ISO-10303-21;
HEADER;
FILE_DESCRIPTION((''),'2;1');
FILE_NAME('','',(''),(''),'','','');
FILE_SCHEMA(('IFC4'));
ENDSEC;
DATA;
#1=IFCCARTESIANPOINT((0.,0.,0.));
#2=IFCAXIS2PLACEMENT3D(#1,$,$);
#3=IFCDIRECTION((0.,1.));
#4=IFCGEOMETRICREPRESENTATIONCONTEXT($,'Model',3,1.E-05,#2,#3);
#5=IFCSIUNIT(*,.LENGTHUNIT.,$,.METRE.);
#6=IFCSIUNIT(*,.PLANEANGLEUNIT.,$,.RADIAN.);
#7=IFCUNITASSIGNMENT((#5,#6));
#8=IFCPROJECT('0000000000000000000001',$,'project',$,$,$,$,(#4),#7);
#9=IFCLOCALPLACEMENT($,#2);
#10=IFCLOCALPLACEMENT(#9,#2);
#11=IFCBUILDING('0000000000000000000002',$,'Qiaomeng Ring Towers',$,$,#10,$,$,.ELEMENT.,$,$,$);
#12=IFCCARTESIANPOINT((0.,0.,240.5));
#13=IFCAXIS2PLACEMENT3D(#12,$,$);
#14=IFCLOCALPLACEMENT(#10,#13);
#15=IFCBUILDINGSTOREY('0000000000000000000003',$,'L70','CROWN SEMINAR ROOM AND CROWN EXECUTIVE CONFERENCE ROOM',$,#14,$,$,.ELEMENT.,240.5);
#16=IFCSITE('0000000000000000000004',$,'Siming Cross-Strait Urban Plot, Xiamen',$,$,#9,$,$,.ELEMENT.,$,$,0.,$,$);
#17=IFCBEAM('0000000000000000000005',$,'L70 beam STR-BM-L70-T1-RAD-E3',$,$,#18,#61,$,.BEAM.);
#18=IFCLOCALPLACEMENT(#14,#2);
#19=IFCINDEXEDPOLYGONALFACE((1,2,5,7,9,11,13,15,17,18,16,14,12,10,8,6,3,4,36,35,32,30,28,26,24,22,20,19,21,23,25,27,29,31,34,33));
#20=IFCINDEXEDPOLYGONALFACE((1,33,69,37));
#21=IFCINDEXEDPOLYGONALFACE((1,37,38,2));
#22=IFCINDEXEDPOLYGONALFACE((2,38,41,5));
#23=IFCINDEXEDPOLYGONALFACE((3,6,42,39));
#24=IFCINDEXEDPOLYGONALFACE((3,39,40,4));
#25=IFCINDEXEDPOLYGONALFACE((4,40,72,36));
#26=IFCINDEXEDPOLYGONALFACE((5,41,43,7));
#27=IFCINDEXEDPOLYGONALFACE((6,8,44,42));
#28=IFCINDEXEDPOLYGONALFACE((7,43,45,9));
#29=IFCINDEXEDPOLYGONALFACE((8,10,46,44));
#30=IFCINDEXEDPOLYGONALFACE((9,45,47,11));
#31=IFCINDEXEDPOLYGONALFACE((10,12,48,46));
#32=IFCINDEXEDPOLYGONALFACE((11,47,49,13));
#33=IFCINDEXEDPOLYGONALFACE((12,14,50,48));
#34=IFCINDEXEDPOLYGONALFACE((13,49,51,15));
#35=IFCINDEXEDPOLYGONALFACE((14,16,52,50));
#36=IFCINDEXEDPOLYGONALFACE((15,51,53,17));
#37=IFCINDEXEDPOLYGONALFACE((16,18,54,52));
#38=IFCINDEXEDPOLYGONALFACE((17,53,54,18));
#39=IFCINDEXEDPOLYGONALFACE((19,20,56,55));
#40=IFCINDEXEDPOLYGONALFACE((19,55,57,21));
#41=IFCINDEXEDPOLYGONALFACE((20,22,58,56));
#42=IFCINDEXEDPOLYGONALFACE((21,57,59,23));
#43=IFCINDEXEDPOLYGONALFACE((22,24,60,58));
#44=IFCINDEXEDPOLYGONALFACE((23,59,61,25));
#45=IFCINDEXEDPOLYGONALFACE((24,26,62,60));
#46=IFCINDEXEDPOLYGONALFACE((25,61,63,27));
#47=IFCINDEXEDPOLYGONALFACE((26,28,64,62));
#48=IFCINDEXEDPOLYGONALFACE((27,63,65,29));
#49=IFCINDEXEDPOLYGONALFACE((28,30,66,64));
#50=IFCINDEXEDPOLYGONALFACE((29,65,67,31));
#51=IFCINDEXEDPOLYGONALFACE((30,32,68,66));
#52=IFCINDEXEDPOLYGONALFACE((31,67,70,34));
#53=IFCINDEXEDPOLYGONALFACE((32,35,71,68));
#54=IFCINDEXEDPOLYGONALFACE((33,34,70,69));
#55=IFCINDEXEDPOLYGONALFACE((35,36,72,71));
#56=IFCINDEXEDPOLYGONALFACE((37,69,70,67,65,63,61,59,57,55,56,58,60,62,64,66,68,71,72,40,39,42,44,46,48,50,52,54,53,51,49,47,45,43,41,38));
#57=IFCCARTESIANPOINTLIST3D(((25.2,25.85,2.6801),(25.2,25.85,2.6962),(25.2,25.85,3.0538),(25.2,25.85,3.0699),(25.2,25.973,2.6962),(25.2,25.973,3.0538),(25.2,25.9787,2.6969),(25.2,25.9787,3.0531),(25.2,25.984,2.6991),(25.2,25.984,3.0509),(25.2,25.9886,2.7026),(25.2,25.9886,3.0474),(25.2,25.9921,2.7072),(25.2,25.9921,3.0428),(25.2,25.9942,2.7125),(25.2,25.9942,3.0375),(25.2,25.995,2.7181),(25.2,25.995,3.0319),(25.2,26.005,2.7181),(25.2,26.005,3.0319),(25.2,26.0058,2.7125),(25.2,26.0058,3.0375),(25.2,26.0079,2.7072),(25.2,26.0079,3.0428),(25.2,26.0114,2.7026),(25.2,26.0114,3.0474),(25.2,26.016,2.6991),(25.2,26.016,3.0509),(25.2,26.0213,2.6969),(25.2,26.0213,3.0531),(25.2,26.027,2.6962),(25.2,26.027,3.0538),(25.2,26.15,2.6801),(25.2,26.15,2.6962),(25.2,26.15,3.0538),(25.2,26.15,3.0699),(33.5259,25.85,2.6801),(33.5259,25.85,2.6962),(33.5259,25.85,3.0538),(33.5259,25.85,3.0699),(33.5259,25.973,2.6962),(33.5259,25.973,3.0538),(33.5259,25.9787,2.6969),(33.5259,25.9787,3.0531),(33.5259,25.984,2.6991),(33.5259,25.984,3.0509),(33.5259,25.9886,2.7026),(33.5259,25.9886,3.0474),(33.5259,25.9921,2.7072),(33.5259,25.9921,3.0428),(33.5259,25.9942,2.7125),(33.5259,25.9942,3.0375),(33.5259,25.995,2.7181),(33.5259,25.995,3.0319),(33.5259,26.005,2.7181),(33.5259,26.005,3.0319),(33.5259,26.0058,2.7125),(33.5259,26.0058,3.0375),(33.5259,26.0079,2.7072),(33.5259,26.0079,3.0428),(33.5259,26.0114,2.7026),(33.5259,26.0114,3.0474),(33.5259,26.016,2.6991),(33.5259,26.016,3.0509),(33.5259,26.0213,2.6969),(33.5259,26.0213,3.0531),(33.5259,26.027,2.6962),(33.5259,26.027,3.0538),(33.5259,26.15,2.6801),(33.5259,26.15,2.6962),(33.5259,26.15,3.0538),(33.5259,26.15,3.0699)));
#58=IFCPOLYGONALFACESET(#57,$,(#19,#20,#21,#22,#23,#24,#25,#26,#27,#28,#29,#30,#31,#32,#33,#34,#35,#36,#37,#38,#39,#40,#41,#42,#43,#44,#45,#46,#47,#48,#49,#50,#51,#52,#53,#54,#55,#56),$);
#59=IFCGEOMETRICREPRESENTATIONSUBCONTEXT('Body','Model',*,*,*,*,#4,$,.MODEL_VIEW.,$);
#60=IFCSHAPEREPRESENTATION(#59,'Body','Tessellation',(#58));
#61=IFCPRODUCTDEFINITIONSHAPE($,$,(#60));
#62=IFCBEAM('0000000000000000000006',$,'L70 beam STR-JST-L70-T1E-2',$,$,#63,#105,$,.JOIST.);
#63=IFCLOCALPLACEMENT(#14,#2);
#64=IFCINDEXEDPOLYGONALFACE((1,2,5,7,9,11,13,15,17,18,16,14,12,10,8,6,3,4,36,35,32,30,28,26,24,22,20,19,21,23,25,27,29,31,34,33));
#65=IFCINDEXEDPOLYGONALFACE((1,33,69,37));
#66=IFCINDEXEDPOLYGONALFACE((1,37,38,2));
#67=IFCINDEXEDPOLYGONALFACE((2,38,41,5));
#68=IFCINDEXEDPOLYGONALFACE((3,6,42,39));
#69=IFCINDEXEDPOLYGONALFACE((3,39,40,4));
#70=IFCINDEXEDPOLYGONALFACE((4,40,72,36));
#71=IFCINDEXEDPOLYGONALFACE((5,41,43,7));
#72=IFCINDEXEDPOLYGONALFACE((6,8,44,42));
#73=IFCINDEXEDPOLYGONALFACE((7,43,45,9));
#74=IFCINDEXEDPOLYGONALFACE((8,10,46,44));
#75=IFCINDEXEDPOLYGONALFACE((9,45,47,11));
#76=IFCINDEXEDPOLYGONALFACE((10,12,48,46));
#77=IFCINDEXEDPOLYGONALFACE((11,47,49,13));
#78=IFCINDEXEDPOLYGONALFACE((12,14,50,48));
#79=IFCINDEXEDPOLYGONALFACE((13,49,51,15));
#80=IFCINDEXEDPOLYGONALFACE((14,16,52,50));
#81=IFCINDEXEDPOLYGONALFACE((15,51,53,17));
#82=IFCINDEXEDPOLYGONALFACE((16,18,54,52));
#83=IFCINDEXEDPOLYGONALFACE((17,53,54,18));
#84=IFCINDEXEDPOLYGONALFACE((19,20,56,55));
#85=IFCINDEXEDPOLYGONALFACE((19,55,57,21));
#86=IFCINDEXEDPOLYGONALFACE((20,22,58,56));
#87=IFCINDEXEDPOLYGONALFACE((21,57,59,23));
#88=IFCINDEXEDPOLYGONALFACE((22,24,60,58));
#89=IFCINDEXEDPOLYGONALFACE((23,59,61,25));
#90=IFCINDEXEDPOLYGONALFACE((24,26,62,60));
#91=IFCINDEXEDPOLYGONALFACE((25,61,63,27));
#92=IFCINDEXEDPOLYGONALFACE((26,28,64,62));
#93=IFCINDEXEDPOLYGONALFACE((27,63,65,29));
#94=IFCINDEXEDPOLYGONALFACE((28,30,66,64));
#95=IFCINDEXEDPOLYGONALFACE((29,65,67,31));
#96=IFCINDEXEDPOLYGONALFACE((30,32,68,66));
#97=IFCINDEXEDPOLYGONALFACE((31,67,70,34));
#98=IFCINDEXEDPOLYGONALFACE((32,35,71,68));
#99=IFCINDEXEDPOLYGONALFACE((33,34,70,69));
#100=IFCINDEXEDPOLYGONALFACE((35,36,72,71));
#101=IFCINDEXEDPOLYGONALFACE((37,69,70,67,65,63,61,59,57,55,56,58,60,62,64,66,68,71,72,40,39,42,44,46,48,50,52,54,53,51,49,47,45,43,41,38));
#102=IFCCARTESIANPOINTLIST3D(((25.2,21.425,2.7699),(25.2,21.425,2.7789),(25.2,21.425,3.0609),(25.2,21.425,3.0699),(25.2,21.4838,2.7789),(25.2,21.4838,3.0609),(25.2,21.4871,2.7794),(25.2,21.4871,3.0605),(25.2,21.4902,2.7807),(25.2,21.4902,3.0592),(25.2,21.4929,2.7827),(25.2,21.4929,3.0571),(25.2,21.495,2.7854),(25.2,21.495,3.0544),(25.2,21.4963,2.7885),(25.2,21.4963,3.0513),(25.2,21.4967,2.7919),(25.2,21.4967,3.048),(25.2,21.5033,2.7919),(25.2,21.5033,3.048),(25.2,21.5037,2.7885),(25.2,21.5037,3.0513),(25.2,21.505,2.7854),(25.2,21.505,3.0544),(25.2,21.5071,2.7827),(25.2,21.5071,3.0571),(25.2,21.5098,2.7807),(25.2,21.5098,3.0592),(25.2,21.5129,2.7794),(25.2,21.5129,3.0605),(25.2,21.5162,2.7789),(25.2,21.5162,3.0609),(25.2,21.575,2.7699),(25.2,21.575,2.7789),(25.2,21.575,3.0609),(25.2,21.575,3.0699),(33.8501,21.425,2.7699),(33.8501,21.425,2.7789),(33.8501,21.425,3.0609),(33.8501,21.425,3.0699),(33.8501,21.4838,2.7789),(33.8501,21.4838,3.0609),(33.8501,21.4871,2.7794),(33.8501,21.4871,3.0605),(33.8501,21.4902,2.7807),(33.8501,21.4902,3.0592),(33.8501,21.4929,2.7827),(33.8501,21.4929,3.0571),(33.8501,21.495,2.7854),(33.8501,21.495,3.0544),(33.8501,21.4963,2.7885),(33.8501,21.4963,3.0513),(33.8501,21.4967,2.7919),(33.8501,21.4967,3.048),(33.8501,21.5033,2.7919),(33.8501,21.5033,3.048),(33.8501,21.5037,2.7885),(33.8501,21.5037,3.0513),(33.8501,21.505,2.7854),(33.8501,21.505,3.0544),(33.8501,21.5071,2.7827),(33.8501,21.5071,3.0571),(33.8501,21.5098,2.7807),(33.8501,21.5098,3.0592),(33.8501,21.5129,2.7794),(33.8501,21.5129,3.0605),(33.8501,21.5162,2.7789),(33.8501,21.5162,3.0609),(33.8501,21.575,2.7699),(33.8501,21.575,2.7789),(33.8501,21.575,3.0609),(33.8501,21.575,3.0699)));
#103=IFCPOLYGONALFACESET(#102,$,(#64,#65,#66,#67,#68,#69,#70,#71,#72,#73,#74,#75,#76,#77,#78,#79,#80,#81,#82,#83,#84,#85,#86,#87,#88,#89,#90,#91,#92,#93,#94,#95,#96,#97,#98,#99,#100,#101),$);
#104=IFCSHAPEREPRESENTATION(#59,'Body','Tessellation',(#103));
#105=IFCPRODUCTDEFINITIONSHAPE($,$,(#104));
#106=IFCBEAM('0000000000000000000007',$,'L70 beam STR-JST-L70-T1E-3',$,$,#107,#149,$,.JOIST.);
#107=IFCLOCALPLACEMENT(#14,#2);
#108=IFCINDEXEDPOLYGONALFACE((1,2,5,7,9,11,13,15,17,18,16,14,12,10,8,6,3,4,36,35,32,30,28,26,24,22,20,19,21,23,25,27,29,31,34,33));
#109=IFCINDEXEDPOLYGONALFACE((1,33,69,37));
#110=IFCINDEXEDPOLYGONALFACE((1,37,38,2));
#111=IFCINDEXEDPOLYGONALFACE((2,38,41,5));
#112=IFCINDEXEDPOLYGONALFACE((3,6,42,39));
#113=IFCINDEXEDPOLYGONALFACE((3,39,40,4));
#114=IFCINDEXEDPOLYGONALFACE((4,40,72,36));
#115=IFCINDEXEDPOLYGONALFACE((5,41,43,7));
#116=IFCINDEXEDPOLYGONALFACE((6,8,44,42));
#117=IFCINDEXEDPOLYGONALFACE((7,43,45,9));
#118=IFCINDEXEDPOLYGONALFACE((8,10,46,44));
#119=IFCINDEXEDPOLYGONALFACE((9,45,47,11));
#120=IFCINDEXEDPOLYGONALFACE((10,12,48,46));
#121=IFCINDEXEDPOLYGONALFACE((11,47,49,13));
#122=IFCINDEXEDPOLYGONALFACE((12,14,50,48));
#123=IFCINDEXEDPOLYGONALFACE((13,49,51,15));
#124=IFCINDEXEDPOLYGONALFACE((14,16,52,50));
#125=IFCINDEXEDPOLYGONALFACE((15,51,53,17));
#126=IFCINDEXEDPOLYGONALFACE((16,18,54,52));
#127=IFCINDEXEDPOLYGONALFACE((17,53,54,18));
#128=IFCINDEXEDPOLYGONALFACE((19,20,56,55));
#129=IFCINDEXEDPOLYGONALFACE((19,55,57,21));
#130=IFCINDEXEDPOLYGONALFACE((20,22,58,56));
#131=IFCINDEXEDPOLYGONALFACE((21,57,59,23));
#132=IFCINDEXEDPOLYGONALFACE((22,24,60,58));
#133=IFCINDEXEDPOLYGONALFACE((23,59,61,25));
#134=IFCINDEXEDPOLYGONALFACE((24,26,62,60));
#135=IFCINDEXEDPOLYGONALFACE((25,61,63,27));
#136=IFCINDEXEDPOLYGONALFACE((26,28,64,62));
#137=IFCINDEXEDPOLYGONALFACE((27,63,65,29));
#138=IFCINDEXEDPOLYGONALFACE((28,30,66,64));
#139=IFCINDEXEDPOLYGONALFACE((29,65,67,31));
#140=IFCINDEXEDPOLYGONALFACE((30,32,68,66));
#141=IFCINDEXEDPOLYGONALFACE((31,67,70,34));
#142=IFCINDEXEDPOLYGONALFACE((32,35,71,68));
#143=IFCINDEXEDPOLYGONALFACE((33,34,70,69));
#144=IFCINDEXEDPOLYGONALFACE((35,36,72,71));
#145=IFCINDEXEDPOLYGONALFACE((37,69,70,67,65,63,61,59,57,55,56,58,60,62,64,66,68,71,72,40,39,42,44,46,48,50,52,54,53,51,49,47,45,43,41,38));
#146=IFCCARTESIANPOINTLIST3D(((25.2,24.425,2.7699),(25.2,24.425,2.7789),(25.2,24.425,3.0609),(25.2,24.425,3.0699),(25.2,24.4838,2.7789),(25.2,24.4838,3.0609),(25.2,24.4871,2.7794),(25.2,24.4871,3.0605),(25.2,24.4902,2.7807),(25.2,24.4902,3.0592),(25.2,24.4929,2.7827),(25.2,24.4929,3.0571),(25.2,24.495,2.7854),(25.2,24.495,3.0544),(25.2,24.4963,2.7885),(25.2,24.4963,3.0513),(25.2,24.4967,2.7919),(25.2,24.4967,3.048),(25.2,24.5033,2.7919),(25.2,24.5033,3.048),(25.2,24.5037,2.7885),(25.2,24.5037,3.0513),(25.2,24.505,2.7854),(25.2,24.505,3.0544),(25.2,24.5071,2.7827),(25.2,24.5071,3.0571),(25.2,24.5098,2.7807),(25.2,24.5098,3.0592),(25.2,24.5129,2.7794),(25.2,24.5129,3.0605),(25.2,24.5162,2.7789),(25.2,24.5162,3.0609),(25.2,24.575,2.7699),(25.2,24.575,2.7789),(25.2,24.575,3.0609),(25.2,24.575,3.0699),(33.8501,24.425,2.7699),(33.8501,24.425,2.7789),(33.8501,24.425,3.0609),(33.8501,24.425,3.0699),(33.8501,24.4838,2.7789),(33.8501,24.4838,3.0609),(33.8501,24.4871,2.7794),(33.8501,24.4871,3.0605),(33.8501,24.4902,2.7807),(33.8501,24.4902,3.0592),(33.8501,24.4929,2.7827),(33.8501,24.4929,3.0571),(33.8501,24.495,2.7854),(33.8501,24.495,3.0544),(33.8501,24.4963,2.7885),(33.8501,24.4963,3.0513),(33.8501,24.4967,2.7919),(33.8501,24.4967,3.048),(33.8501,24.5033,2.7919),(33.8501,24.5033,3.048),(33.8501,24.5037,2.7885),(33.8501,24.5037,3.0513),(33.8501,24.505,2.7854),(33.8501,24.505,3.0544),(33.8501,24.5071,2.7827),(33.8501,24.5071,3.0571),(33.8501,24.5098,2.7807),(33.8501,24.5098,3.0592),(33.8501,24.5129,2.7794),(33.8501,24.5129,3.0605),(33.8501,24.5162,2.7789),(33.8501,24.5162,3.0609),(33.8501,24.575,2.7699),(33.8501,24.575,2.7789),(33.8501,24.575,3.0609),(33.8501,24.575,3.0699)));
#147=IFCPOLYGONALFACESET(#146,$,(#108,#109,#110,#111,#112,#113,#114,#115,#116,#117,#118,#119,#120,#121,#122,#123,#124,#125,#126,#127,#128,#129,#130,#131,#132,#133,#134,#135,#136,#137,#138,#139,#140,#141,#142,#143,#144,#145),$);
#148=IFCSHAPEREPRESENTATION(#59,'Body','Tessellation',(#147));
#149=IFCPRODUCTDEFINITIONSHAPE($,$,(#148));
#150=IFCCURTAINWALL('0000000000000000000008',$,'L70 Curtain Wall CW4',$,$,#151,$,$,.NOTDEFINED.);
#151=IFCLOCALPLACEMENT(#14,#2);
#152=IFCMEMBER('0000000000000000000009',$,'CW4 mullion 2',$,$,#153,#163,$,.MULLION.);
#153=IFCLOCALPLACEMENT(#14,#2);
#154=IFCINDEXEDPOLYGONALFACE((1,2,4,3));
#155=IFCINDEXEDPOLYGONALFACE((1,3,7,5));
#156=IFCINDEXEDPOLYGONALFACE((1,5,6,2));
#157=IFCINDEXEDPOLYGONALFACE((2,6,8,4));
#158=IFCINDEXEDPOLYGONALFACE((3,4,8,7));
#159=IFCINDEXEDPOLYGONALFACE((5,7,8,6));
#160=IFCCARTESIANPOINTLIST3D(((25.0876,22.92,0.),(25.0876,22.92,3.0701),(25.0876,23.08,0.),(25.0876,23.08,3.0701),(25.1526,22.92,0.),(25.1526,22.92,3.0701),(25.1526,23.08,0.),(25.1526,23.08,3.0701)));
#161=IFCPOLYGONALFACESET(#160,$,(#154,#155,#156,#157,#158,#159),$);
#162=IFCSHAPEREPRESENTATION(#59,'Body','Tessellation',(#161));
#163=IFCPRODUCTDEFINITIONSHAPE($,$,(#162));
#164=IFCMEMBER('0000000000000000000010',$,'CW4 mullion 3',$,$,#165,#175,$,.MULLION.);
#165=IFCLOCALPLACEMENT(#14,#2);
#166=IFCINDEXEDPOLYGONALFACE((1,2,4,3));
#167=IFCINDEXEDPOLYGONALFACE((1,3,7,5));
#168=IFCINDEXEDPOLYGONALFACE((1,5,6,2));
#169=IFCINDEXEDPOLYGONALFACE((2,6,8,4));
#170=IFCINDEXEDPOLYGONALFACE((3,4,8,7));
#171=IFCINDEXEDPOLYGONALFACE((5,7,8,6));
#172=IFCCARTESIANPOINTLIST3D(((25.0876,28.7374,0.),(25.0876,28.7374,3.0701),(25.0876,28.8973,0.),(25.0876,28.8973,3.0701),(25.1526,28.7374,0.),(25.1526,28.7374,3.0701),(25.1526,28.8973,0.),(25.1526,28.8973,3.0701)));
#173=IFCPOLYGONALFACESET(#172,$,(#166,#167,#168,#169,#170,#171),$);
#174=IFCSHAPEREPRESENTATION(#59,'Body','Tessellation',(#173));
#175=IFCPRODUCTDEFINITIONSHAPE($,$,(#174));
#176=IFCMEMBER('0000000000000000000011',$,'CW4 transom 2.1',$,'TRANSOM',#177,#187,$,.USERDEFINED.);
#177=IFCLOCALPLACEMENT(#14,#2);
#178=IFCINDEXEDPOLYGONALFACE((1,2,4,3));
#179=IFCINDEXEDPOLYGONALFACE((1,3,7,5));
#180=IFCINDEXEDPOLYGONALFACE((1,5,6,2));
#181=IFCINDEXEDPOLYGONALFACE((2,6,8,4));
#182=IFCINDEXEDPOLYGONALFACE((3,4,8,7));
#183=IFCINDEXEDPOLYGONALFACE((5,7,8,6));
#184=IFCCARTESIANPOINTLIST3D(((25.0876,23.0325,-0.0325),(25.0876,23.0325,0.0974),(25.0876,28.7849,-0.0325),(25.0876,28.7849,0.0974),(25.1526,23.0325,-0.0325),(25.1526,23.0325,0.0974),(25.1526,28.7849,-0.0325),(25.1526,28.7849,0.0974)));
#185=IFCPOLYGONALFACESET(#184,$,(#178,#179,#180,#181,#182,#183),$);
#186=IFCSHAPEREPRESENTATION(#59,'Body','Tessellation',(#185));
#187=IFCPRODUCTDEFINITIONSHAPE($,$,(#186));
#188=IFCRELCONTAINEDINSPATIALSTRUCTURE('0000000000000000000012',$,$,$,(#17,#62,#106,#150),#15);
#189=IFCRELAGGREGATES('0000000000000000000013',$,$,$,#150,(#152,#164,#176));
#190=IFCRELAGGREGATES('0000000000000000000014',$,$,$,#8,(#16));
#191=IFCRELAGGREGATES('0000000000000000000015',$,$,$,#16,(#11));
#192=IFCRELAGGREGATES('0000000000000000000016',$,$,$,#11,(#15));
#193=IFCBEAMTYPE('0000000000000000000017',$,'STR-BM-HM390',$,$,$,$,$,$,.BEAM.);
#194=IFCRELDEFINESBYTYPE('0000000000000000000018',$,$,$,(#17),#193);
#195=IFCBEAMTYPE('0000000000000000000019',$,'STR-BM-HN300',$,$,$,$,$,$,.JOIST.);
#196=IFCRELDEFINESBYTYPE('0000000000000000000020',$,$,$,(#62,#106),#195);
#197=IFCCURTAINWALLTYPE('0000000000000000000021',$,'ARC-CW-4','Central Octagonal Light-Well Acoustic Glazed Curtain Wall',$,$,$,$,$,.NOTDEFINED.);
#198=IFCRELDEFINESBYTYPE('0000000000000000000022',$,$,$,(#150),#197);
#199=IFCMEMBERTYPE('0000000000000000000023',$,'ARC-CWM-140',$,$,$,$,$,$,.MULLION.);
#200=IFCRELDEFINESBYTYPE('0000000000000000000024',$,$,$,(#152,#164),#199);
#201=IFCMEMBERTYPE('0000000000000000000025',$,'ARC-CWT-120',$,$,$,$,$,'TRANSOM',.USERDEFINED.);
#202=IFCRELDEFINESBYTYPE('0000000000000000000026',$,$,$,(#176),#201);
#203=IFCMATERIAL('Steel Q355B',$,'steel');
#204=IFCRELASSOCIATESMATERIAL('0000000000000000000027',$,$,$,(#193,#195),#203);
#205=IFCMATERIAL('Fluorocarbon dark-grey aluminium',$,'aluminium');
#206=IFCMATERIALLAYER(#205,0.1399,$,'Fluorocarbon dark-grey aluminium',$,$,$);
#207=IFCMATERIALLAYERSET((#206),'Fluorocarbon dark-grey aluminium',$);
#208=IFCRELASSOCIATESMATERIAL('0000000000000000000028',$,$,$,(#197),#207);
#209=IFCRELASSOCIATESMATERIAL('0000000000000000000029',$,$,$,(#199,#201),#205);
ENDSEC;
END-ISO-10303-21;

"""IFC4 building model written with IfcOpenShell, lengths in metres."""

from ifc_helpers import new_model, si_unit, direction, frame, origin, origin_2d, place, context, subcontext, project, spatial, rectangle, i_section, extrude, source, transform, mapped, material, layer, layer_set, material_profile, profile_set, type_object, element, aggregate, save


model = new_model("IFC4")

# Units and contexts
model_context = context("Model", 3, precision=1e-05, world=origin(), true_north=direction((0.0, 1.0)))
body_context = subcontext(model_context, "Body", "Model", "MODEL_VIEW")
ifc_project = project(units=[si_unit("LENGTHUNIT", "METRE"), si_unit("PLANEANGLEUNIT", "RADIAN")], contexts=[model_context])

# Site, building, storey
site_placement = place(None, origin())
site = spatial("IfcSite", under=ifc_project, at=site_placement, Name="Siming Cross-Strait Urban Plot, Xiamen", CompositionType="ELEMENT", RefElevation=0.0)
building_placement = place(site_placement, origin())
building = spatial("IfcBuilding", under=site, at=building_placement, Name="Qiaomeng Ring Towers", CompositionType="ELEMENT")
storey_placement = place(building_placement, frame((0.0, 0.0, 240.5)))
storey = spatial("IfcBuildingStorey", under=building, at=storey_placement, Name="L70", Description="CROWN SEMINAR ROOM AND CROWN EXECUTIVE CONFERENCE ROOM", CompositionType="ELEMENT", Elevation=240.5)

# Beams
ifc_material_1 = material(Name="Steel Q355B", Category="steel")
ifc_material_profile_1 = material_profile(ifc_material_1, i_section(OverallWidth=0.3, OverallDepth=0.3899, WebThickness=0.01, FlangeThickness=0.0161, FilletRadius=0.022, at=origin_2d()), Name="HM 390x300x10x16")
ifc_profile_set_1 = profile_set([ifc_material_profile_1], Name="Steel Q355B")
beam_type_1 = type_object("IfcBeamType", Name="STR-BM-HM390", PredefinedType="BEAM", material=ifc_profile_set_1)
shared_shape_1 = source(origin(), body_context, "Body", "SweptSolid", [
    extrude(i_section(OverallWidth=0.3, OverallDepth=0.3899, WebThickness=0.01, FlangeThickness=0.0161, FilletRadius=0.022, at=origin_2d()), origin(), (0.0, 0.0, 1.0), 8.3259),
])
beam_placement = place(storey_placement, frame((25.2, 26.0, 2.875), z_axis=(1.0, 0.0, 0.0), x_axis=(0.0, 1.0, 0.0)))
element("IfcBeam", 1, at=beam_placement, inside=storey, type_object=beam_type_1, Name="L70 beam STR-BM-L70-T1-RAD-E3", PredefinedType="BEAM", context=body_context, shape_type="MappedRepresentation", body=[
    mapped(shared_shape_1, transform((0.0, 0.0, 0.0), x_axis=(1.0, 0.0, 0.0), y_axis=(0.0, 1.0, 0.0), z_axis=(0.0, 0.0, 1.0), scale=1.0)),
])
ifc_material_profile_2 = material_profile(ifc_material_1, i_section(OverallWidth=0.1499, OverallDepth=0.3, WebThickness=0.0066, FlangeThickness=0.009, FilletRadius=0.0129, at=origin_2d()), Name="HN 300x150x6.5x9")
ifc_profile_set_2 = profile_set([ifc_material_profile_2], Name="Steel Q355B")
beam_type_2 = type_object("IfcBeamType", Name="STR-BM-HN300", PredefinedType="JOIST", material=ifc_profile_set_2)
shared_shape_2 = source(origin(), body_context, "Body", "SweptSolid", [
    extrude(i_section(OverallWidth=0.1499, OverallDepth=0.3, WebThickness=0.0066, FlangeThickness=0.009, FilletRadius=0.0129, at=origin_2d()), origin(), (0.0, 0.0, 1.0), 8.6501),
])
for number, where, z_axis, x_axis, name in (
    (2, (25.2, 21.5, 2.9199), (1.0, 0.0, 0.0), (0.0, 1.0, 0.0), "L70 beam STR-JST-L70-T1E-2"),
    (3, (25.2, 24.5, 2.9199), (1.0, 0.0, 0.0), (0.0, 1.0, 0.0), "L70 beam STR-JST-L70-T1E-3"),
):
    element("IfcBeam", number, at=place(storey_placement, frame(where, z_axis=z_axis, x_axis=x_axis)), inside=storey, type_object=beam_type_2, Name=name, PredefinedType="JOIST", context=body_context, shape_type="MappedRepresentation", body=[
        mapped(shared_shape_2, transform((0.0, 0.0, 0.0), x_axis=(1.0, 0.0, 0.0), y_axis=(0.0, 1.0, 0.0), z_axis=(0.0, 0.0, 1.0), scale=1.0)),
    ])

# Curtain wall, members
ifc_material_2 = material(Name="Fluorocarbon dark-grey aluminium", Category="aluminium")
ifc_layer_1 = layer(ifc_material_2, 0.1399, Name="Fluorocarbon dark-grey aluminium")
ifc_layer_set_1 = layer_set([ifc_layer_1], Name="Fluorocarbon dark-grey aluminium")
curtain_wall_type = type_object("IfcCurtainWallType", Name="ARC-CW-4", Description="Central Octagonal Light-Well Acoustic Glazed Curtain Wall", PredefinedType="NOTDEFINED", material=ifc_layer_set_1)
curtain_wall_placement = place(storey_placement, origin())
curtain_wall = element("IfcCurtainWall", 4, at=curtain_wall_placement, inside=storey, type_object=curtain_wall_type, Name="L70 Curtain Wall CW4", PredefinedType="NOTDEFINED")
ifc_material_profile_3 = material_profile(ifc_material_2, rectangle(XDim=0.0649, YDim=0.1599, at=origin_2d()), Name="ALU MULL 65x160")
ifc_profile_set_3 = profile_set([ifc_material_profile_3], Name="Fluorocarbon dark-grey aluminium")
member_type_1 = type_object("IfcMemberType", Name="ARC-CWM-140", PredefinedType="MULLION", material=ifc_profile_set_3)
shared_shape_3 = source(origin(), body_context, "Body", "SweptSolid", [
    extrude(rectangle(XDim=0.0649, YDim=0.1599, at=origin_2d()), origin(), (0.0, 0.0, 1.0), 3.0701),
])
member_1_placement = place(storey_placement, frame((25.1201, 23.0, 0.0), z_axis=(0.0, 0.0, 1.0), x_axis=(-1.0, 0.0, 0.0)))
member_1 = element("IfcMember", 5, at=member_1_placement, type_object=member_type_1, Name="CW4 mullion 2", PredefinedType="MULLION", context=body_context, shape_type="MappedRepresentation", body=[
    mapped(shared_shape_3, transform((0.0, 0.0, 0.0), x_axis=(1.0, 0.0, 0.0), y_axis=(0.0, 1.0, 0.0), z_axis=(0.0, 0.0, 1.0), scale=1.0)),
])
member_2_placement = place(storey_placement, frame((25.1201, 28.8174, 0.0), z_axis=(0.0, 0.0, 1.0), x_axis=(-1.0, 0.0, 0.0)))
member_2 = element("IfcMember", 6, at=member_2_placement, type_object=member_type_1, Name="CW4 mullion 3", PredefinedType="MULLION", context=body_context, shape_type="MappedRepresentation", body=[
    mapped(shared_shape_3, transform((0.0, 0.0, 0.0), x_axis=(1.0, 0.0, 0.0), y_axis=(0.0, 1.0, 0.0), z_axis=(0.0, 0.0, 1.0), scale=1.0)),
])
ifc_material_profile_4 = material_profile(ifc_material_2, rectangle(XDim=0.0649, YDim=0.1299, at=origin_2d()), Name="ALU TRAN 65x130")
ifc_profile_set_4 = profile_set([ifc_material_profile_4], Name="Fluorocarbon dark-grey aluminium")
member_type_2 = type_object("IfcMemberType", Name="ARC-CWT-120", ElementType="TRANSOM", PredefinedType="USERDEFINED", material=ifc_profile_set_4)
shared_shape_4 = source(origin(), body_context, "Body", "SweptSolid", [
    extrude(rectangle(XDim=0.0649, YDim=0.1299, at=origin_2d()), origin(), (0.0, 0.0, 1.0), 5.7524),
])
member_3_placement = place(storey_placement, frame((25.1201, 23.0325, 0.0325), z_axis=(0.0, 1.0, 0.0), x_axis=(-1.0, 0.0, 0.0)))
member_3 = element("IfcMember", 7, at=member_3_placement, type_object=member_type_2, Name="CW4 transom 2.1", ObjectType="TRANSOM", PredefinedType="USERDEFINED", context=body_context, shape_type="MappedRepresentation", body=[
    mapped(shared_shape_4, transform((0.0, 0.0, 0.0), x_axis=(1.0, 0.0, 0.0), y_axis=(0.0, 1.0, 0.0), z_axis=(0.0, 0.0, 1.0), scale=1.0)),
])
aggregate(curtain_wall, [member_1, member_2, member_3])

save(model, "model.ifc")
